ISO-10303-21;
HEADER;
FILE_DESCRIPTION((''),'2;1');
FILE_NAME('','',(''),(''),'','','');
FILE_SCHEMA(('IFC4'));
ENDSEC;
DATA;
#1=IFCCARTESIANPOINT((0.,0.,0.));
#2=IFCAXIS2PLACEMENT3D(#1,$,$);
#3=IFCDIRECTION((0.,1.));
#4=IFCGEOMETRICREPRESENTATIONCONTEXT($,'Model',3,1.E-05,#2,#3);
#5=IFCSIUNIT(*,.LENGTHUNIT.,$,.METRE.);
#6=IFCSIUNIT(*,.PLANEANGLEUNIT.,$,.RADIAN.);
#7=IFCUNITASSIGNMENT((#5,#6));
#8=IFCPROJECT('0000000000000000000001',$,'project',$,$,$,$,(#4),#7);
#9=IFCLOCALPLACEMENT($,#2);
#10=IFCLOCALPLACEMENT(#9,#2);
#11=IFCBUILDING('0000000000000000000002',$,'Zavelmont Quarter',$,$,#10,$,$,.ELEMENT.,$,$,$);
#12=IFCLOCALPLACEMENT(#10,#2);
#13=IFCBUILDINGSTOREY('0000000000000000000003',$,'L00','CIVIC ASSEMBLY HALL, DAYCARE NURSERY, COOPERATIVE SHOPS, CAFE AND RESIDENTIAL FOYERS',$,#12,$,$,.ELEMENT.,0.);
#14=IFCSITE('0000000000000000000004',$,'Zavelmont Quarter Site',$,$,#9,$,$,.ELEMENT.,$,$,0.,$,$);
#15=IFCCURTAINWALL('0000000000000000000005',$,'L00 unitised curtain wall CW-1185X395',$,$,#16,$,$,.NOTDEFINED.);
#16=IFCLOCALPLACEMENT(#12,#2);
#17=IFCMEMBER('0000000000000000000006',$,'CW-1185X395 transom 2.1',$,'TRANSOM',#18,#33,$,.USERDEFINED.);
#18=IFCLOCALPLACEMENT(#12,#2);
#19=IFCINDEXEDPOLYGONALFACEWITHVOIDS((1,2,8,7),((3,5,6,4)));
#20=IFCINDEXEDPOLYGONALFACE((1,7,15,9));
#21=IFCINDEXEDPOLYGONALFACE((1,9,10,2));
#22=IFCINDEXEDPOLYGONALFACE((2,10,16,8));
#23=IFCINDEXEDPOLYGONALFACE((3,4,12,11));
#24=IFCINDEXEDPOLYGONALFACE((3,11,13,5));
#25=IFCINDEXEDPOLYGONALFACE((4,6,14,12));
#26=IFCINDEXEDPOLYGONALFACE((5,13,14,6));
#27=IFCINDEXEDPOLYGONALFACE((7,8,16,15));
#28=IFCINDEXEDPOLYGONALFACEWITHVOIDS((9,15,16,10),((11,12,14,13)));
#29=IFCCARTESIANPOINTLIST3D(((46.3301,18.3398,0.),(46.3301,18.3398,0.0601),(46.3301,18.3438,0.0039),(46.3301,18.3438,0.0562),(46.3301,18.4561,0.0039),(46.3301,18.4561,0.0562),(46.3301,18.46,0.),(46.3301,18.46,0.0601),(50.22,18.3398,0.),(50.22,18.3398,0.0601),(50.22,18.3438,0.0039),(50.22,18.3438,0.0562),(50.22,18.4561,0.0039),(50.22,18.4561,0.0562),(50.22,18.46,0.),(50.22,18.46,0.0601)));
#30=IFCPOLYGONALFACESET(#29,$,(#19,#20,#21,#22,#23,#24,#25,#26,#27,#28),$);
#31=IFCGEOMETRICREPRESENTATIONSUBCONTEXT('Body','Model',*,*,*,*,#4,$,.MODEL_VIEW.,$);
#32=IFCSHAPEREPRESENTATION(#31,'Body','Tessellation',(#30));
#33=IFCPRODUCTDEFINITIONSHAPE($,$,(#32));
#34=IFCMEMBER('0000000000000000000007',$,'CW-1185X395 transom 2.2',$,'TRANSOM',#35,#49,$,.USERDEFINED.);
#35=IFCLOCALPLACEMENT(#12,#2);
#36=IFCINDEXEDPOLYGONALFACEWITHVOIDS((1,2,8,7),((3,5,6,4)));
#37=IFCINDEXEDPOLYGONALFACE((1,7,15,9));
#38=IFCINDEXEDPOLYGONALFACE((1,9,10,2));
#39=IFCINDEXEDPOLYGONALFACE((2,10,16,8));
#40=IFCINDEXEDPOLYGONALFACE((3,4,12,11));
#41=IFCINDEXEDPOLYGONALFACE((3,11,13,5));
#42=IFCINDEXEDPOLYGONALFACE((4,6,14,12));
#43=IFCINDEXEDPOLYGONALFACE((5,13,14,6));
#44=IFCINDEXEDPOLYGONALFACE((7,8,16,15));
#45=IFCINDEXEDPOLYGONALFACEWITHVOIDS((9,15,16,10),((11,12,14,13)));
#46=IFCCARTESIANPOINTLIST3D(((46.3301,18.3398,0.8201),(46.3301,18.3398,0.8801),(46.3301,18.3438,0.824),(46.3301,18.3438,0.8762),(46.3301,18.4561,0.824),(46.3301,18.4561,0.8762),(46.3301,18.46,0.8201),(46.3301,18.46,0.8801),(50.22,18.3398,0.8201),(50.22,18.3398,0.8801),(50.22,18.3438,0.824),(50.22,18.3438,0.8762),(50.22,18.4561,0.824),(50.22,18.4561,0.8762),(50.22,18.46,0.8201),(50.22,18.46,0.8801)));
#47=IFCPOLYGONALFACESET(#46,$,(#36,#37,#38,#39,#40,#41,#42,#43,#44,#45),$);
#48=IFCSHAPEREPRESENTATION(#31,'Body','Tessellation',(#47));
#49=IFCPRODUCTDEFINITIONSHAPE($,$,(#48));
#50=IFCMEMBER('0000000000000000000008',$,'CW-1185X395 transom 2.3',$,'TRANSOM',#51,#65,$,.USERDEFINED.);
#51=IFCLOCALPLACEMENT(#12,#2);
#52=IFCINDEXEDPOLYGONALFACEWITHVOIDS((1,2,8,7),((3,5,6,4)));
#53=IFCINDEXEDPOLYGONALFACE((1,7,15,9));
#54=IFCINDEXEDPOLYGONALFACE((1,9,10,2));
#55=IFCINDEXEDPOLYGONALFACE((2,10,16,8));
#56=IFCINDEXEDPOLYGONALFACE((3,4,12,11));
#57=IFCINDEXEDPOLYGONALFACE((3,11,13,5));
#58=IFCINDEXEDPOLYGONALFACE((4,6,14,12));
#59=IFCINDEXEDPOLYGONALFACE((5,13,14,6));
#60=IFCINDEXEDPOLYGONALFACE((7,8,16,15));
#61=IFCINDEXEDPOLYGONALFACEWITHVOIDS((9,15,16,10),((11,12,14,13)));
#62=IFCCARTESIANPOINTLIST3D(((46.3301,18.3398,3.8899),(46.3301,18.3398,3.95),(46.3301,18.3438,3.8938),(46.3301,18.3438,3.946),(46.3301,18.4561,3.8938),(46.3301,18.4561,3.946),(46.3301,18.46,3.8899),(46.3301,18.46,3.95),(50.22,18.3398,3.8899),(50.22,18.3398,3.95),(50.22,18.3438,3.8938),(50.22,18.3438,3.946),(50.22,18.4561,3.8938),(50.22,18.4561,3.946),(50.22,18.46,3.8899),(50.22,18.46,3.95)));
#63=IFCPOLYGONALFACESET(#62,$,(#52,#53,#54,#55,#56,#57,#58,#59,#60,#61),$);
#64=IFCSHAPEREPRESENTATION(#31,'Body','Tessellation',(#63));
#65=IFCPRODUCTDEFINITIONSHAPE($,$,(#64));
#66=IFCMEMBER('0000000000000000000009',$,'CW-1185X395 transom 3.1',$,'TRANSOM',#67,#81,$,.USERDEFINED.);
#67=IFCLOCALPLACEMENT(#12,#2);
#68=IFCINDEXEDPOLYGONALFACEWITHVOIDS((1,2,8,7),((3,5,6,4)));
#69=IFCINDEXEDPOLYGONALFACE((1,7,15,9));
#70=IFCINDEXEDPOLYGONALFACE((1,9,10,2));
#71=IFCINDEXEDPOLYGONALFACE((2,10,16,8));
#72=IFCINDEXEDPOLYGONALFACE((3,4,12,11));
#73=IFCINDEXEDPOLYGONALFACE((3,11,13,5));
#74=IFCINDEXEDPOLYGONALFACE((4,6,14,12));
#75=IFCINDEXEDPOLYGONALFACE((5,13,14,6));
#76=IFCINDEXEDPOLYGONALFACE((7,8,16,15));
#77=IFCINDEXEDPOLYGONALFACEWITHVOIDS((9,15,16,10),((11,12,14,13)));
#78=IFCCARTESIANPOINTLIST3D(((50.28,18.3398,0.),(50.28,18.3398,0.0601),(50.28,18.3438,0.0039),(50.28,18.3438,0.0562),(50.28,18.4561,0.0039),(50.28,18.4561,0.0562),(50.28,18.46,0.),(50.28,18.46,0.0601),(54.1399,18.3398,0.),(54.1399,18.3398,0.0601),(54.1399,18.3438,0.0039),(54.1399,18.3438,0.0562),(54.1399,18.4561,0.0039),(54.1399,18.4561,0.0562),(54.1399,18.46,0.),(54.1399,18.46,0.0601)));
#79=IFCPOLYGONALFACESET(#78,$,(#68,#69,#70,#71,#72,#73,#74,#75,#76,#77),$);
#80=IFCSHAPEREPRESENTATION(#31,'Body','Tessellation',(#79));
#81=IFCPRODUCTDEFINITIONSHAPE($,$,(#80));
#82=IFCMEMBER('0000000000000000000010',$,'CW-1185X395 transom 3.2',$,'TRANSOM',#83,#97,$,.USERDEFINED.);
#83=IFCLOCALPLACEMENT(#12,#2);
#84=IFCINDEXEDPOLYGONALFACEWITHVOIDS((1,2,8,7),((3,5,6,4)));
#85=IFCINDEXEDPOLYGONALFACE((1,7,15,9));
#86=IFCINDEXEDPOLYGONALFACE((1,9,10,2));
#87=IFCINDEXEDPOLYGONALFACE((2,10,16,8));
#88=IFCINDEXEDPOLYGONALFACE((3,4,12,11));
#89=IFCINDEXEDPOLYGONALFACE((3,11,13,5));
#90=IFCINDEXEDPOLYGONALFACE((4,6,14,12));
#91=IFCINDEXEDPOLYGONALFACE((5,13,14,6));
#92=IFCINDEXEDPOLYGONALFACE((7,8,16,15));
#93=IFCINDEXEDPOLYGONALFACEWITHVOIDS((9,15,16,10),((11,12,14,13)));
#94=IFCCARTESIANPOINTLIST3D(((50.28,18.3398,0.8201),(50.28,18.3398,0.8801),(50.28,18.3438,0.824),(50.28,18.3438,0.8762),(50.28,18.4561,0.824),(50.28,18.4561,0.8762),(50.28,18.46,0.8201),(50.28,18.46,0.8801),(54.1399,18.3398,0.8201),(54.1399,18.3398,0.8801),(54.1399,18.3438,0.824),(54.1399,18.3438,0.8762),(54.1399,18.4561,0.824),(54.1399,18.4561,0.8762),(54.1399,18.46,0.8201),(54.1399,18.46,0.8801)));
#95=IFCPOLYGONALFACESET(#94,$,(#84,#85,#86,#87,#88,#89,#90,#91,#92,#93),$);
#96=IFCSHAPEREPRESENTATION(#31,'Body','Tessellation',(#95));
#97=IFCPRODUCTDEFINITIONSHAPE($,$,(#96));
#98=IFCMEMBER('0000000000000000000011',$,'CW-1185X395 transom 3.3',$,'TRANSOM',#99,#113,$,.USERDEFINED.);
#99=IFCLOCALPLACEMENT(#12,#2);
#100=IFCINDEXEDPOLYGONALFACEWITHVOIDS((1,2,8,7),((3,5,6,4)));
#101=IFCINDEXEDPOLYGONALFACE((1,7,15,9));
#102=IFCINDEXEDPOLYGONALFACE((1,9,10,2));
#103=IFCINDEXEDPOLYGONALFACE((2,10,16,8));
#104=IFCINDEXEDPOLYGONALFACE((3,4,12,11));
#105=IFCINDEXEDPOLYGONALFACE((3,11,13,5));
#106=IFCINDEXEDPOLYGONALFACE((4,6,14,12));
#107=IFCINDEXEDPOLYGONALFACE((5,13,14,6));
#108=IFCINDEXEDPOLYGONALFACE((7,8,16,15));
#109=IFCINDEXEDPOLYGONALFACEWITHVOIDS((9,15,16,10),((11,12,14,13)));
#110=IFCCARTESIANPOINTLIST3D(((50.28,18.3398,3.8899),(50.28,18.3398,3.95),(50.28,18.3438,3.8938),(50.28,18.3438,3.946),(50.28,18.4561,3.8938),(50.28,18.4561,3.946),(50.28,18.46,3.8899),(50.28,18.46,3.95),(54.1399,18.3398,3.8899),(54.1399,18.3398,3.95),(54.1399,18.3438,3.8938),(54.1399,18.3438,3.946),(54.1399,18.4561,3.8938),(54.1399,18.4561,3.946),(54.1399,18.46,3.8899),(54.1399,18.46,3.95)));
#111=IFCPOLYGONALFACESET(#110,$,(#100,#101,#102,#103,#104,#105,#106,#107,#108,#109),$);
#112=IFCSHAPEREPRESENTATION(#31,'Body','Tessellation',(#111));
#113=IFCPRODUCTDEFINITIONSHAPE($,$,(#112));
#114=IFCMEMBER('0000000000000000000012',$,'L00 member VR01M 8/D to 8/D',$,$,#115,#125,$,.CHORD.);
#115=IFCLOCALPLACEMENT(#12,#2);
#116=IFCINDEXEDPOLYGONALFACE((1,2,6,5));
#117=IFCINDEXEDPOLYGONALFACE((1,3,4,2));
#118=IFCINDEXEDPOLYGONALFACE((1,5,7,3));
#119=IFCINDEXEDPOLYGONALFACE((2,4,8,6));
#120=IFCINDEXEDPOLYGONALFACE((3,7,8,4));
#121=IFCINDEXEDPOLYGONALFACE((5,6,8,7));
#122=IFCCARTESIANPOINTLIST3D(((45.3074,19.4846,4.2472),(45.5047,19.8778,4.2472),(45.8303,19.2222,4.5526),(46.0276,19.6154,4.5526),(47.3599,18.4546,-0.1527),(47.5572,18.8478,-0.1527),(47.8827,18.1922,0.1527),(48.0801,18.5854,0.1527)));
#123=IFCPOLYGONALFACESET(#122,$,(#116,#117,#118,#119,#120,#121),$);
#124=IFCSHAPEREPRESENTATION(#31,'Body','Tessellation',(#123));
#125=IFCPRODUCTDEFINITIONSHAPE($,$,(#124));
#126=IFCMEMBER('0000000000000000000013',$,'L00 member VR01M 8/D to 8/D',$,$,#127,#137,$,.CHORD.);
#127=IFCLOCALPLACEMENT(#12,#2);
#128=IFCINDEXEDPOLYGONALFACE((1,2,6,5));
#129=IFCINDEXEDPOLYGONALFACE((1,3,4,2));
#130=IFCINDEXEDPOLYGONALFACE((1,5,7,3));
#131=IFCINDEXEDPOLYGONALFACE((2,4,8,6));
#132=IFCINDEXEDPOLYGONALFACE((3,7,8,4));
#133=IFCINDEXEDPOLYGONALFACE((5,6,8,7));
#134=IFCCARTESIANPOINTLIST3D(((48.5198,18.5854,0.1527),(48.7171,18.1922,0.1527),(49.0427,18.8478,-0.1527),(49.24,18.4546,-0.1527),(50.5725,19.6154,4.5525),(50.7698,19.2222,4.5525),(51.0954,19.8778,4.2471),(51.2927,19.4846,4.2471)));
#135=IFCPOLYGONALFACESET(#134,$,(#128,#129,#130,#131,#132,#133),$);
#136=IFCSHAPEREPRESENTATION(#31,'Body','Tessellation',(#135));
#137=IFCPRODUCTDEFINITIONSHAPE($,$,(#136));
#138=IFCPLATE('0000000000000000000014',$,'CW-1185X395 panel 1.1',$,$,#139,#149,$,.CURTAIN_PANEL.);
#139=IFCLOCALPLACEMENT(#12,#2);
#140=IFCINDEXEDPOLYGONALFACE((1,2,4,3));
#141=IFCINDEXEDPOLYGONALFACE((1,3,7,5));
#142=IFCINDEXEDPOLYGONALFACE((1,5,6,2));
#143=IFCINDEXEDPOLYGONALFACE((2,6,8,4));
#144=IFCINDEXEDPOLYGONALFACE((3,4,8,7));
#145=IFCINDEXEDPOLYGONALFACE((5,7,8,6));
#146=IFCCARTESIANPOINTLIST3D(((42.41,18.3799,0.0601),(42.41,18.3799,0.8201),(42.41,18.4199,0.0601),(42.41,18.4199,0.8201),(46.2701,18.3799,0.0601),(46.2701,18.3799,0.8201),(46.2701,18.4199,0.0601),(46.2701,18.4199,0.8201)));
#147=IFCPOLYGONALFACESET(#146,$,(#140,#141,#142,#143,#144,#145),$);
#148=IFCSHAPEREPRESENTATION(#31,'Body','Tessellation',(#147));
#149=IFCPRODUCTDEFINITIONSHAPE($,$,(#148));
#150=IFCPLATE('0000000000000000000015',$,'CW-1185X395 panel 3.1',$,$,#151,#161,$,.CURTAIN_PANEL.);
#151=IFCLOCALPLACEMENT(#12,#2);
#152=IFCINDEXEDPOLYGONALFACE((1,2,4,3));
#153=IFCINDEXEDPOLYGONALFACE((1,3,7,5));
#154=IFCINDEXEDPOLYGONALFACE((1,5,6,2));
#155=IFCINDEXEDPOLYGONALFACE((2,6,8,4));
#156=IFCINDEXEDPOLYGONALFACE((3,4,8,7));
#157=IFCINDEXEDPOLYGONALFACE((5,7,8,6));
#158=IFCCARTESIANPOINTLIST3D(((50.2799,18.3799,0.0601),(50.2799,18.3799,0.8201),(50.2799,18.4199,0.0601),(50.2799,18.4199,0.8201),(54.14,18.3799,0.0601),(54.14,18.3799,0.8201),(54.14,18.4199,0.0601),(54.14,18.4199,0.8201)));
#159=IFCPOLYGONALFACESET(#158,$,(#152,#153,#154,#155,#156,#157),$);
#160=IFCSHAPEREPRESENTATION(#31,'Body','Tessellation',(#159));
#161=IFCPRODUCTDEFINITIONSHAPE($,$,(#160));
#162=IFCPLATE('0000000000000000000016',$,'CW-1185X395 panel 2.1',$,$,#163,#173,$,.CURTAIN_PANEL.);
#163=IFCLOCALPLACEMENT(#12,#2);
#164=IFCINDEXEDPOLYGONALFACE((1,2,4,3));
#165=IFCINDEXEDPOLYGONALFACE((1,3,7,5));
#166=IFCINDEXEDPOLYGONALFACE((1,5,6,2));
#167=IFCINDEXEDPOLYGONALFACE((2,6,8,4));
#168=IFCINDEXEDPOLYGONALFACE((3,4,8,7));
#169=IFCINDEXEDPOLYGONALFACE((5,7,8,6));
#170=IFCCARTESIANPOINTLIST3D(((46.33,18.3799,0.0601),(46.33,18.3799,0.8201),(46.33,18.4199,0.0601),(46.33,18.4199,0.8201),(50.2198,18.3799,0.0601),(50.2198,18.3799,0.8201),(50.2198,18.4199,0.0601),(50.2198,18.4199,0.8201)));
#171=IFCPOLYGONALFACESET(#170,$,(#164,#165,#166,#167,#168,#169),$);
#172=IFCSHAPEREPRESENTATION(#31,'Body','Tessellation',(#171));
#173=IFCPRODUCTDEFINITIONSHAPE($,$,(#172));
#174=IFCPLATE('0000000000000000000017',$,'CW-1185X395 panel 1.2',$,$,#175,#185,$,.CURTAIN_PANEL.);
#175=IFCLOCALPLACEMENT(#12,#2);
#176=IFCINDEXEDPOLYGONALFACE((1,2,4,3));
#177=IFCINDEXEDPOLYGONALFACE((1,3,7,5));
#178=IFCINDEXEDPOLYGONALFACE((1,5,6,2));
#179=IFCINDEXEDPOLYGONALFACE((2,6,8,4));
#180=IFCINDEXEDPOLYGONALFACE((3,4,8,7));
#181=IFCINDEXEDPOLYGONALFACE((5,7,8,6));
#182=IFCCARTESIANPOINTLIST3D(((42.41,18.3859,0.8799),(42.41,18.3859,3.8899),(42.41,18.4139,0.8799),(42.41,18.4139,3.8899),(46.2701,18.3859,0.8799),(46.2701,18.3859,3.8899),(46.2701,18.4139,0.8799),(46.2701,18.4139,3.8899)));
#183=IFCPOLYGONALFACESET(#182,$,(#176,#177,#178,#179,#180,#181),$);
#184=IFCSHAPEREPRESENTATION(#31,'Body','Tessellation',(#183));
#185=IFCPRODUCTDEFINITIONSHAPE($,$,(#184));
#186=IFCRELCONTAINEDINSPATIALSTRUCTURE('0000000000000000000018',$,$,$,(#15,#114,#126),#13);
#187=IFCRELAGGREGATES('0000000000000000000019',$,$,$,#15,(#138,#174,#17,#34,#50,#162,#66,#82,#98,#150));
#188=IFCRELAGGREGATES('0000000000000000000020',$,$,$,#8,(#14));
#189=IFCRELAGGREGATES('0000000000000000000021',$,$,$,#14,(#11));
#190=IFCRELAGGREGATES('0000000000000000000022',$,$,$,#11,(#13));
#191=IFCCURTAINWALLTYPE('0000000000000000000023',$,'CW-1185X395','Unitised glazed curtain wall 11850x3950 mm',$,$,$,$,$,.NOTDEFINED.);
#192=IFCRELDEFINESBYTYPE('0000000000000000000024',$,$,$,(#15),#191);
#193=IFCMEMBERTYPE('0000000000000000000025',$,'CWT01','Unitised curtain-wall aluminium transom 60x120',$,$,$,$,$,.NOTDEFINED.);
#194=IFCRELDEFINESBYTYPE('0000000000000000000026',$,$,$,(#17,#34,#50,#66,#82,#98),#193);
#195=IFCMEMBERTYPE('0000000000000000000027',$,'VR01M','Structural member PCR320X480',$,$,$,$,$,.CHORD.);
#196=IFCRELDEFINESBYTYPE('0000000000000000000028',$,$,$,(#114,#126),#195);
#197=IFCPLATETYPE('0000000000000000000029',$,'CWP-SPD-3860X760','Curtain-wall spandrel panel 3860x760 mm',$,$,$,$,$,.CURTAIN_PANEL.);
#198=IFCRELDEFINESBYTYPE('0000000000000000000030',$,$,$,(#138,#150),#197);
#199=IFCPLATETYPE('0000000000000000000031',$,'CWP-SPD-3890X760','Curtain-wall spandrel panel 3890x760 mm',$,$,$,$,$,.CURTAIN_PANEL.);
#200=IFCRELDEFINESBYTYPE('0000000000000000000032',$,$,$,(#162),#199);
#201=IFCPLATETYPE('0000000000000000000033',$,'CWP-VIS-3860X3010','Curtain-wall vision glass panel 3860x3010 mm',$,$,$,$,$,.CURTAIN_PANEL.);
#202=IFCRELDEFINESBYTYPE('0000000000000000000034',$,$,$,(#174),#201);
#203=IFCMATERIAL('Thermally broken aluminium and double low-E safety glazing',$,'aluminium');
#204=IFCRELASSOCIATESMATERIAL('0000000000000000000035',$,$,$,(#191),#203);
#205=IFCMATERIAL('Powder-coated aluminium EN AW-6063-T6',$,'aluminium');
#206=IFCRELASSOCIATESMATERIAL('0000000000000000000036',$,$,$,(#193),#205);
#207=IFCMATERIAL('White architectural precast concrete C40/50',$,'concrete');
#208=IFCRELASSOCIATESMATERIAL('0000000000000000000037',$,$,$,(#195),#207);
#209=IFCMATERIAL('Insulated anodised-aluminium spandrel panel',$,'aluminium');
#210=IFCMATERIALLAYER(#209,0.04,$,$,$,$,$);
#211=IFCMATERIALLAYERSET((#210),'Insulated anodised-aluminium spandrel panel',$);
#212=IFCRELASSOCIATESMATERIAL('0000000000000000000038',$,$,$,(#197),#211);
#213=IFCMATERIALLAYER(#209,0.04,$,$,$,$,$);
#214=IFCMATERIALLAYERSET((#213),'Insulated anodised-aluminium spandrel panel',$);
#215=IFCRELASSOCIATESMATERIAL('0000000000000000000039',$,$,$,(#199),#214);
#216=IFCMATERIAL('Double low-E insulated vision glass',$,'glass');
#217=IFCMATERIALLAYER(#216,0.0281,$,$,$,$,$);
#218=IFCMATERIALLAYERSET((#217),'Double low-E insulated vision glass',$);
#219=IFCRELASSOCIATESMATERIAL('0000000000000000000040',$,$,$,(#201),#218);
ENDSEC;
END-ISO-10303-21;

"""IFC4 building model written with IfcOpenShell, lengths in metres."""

from ifc_helpers import new_model, si_unit, direction, frame, origin, origin_2d, place, context, subcontext, project, spatial, rectangle, hollow_rectangle, extrude, material, layer, layer_set, material_profile, profile_set, type_object, element, aggregate, save


model = new_model("IFC4")

# Units and contexts
model_context = context("Model", 3, precision=1e-05, world=origin(), true_north=direction((0.0, 1.0)))
body_context = subcontext(model_context, "Body", "Model", "MODEL_VIEW")
ifc_project = project(units=[si_unit("LENGTHUNIT", "METRE"), si_unit("PLANEANGLEUNIT", "RADIAN")], contexts=[model_context])

# Site, building, storey
site_placement = place(None, origin())
site = spatial("IfcSite", under=ifc_project, at=site_placement, Name="Zavelmont Quarter Site", CompositionType="ELEMENT", RefElevation=0.0)
building_placement = place(site_placement, origin())
building = spatial("IfcBuilding", under=site, at=building_placement, Name="Zavelmont Quarter", CompositionType="ELEMENT")
storey_placement = place(building_placement, origin())
storey = spatial("IfcBuildingStorey", under=building, at=storey_placement, Name="L00", Description="CIVIC ASSEMBLY HALL, DAYCARE NURSERY, COOPERATIVE SHOPS, CAFE AND RESIDENTIAL FOYERS", CompositionType="ELEMENT", Elevation=0.0)

# Curtain wall, members
ifc_material_1 = material(Name="Thermally broken aluminium and double low-E safety glazing", Category="aluminium")
curtain_wall_type = type_object("IfcCurtainWallType", Name="CW-1185X395", Description="Unitised glazed curtain wall 11850x3950 mm", PredefinedType="NOTDEFINED", material=ifc_material_1)
curtain_wall_placement = place(storey_placement, origin())
curtain_wall = element("IfcCurtainWall", 1, at=curtain_wall_placement, inside=storey, type_object=curtain_wall_type, Name="L00 unitised curtain wall CW-1185X395", PredefinedType="NOTDEFINED")
ifc_material_2 = material(Name="Powder-coated aluminium EN AW-6063-T6", Category="aluminium")
ifc_material_profile_1 = material_profile(ifc_material_2, hollow_rectangle(XDim=0.1201, YDim=0.0601, WallThickness=0.0039, at=origin_2d()), Name="CWT60X120")
ifc_profile_set_1 = profile_set([ifc_material_profile_1], Name="Powder-coated aluminium EN AW-6063-T6")
member_type_1 = type_object("IfcMemberType", Name="CWT01", Description="Unitised curtain-wall aluminium transom 60x120", PredefinedType="NOTDEFINED", material=ifc_profile_set_1)
member_1_placement = place(storey_placement, frame((46.3301, 18.3999, 0.03), z_axis=(1.0, 0.0, 0.0), x_axis=(0.0, 1.0, 0.0)))
member_1 = element("IfcMember", 2, at=member_1_placement, type_object=member_type_1, Name="CW-1185X395 transom 2.1", ObjectType="TRANSOM", PredefinedType="USERDEFINED", context=body_context, shape_type="SweptSolid", body=[
    extrude(hollow_rectangle(XDim=0.1201, YDim=0.0601, WallThickness=0.0039, at=origin_2d()), origin(), (0.0, 0.0, 1.0), 3.8899),
])
member_2_placement = place(storey_placement, frame((46.3301, 18.3999, 0.8501), z_axis=(1.0, 0.0, 0.0), x_axis=(0.0, 1.0, 0.0)))
member_2 = element("IfcMember", 3, at=member_2_placement, type_object=member_type_1, Name="CW-1185X395 transom 2.2", ObjectType="TRANSOM", PredefinedType="USERDEFINED", context=body_context, shape_type="SweptSolid", body=[
    extrude(hollow_rectangle(XDim=0.1201, YDim=0.0601, WallThickness=0.0039, at=origin_2d()), origin(), (0.0, 0.0, 1.0), 3.8899),
])
member_3_placement = place(storey_placement, frame((46.3301, 18.3999, 3.9199), z_axis=(1.0, 0.0, 0.0), x_axis=(0.0, 1.0, 0.0)))
member_3 = element("IfcMember", 4, at=member_3_placement, type_object=member_type_1, Name="CW-1185X395 transom 2.3", ObjectType="TRANSOM", PredefinedType="USERDEFINED", context=body_context, shape_type="SweptSolid", body=[
    extrude(hollow_rectangle(XDim=0.1201, YDim=0.0601, WallThickness=0.0039, at=origin_2d()), origin(), (0.0, 0.0, 1.0), 3.8899),
])
member_4_placement = place(storey_placement, frame((50.28, 18.3999, 0.03), z_axis=(1.0, 0.0, 0.0), x_axis=(0.0, 1.0, 0.0)))
member_4 = element("IfcMember", 5, at=member_4_placement, type_object=member_type_1, Name="CW-1185X395 transom 3.1", ObjectType="TRANSOM", PredefinedType="USERDEFINED", context=body_context, shape_type="SweptSolid", body=[
    extrude(hollow_rectangle(XDim=0.1201, YDim=0.0601, WallThickness=0.0039, at=origin_2d()), origin(), (0.0, 0.0, 1.0), 3.8599),
])
member_5_placement = place(storey_placement, frame((50.28, 18.3999, 0.8501), z_axis=(1.0, 0.0, 0.0), x_axis=(0.0, 1.0, 0.0)))
member_5 = element("IfcMember", 6, at=member_5_placement, type_object=member_type_1, Name="CW-1185X395 transom 3.2", ObjectType="TRANSOM", PredefinedType="USERDEFINED", context=body_context, shape_type="SweptSolid", body=[
    extrude(hollow_rectangle(XDim=0.1201, YDim=0.0601, WallThickness=0.0039, at=origin_2d()), origin(), (0.0, 0.0, 1.0), 3.8599),
])
member_6_placement = place(storey_placement, frame((50.28, 18.3999, 3.9199), z_axis=(1.0, 0.0, 0.0), x_axis=(0.0, 1.0, 0.0)))
member_6 = element("IfcMember", 7, at=member_6_placement, type_object=member_type_1, Name="CW-1185X395 transom 3.3", ObjectType="TRANSOM", PredefinedType="USERDEFINED", context=body_context, shape_type="SweptSolid", body=[
    extrude(hollow_rectangle(XDim=0.1201, YDim=0.0601, WallThickness=0.0039, at=origin_2d()), origin(), (0.0, 0.0, 1.0), 3.8599),
])

# Members
ifc_material_3 = material(Name="White architectural precast concrete C40/50", Category="concrete")
ifc_material_profile_2 = material_profile(ifc_material_3, rectangle(XDim=0.4399, YDim=0.6599, at=origin_2d()), Name="PCR320X480")
ifc_profile_set_2 = profile_set([ifc_material_profile_2], Name="White architectural precast concrete C40/50")
member_type_2 = type_object("IfcMemberType", Name="VR01M", Description="Structural member PCR320X480", PredefinedType="CHORD", material=ifc_profile_set_2)
for number, where, z_axis, x_axis, name in (
    (8, (47.72, 18.52, 0.0), (-0.413546, 0.207536, 0.886515), (-0.448531, -0.893767, 0.0), "L00 member VR01M 8/D to 8/D"),
    (9, (48.8799, 18.52, 0.0), (0.413587, 0.207531, 0.886497), (-0.448489, 0.893788, 0.0), "L00 member VR01M 8/D to 8/D"),
):
    element("IfcMember", number, at=place(storey_placement, frame(where, z_axis=z_axis, x_axis=x_axis)), inside=storey, type_object=member_type_2, Name=name, PredefinedType="CHORD", context=body_context, shape_type="SweptSolid", body=[
        extrude(rectangle(XDim=0.4399, YDim=0.6599, at=origin_2d()), origin(), (0.0, 0.0, 1.0), 4.9631),
    ])

# Plates
ifc_material_4 = material(Name="Insulated anodised-aluminium spandrel panel", Category="aluminium")
ifc_layer_1 = layer(ifc_material_4, 0.04)
ifc_layer_set_1 = layer_set([ifc_layer_1], Name="Insulated anodised-aluminium spandrel panel")
plate_type_1 = type_object("IfcPlateType", Name="CWP-SPD-3860X760", Description="Curtain-wall spandrel panel 3860x760 mm", PredefinedType="CURTAIN_PANEL", material=ifc_layer_set_1)
plate_1_placement = place(storey_placement, frame((44.3401, 18.3999, 0.0601), z_axis=(0.0, 0.0, 1.0), x_axis=(1.0, 0.0, 0.0)))
plate_1 = element("IfcPlate", 10, at=plate_1_placement, type_object=plate_type_1, Name="CW-1185X395 panel 1.1", PredefinedType="CURTAIN_PANEL", context=body_context, shape_type="SweptSolid", body=[
    extrude(rectangle(XDim=3.8601, YDim=0.04, at=origin_2d()), origin(), (0.0, 0.0, 1.0), 0.76),
])
plate_2_placement = place(storey_placement, frame((52.21, 18.3999, 0.0601), z_axis=(0.0, 0.0, 1.0), x_axis=(1.0, 0.0, 0.0)))
plate_2 = element("IfcPlate", 11, at=plate_2_placement, type_object=plate_type_1, Name="CW-1185X395 panel 3.1", PredefinedType="CURTAIN_PANEL", context=body_context, shape_type="SweptSolid", body=[
    extrude(rectangle(XDim=3.8601, YDim=0.04, at=origin_2d()), origin(), (0.0, 0.0, 1.0), 0.76),
])
ifc_layer_2 = layer(ifc_material_4, 0.04)
ifc_layer_set_2 = layer_set([ifc_layer_2], Name="Insulated anodised-aluminium spandrel panel")
plate_type_2 = type_object("IfcPlateType", Name="CWP-SPD-3890X760", Description="Curtain-wall spandrel panel 3890x760 mm", PredefinedType="CURTAIN_PANEL", material=ifc_layer_set_2)
plate_3_placement = place(storey_placement, frame((48.2749, 18.3999, 0.0601), z_axis=(0.0, 0.0, 1.0), x_axis=(1.0, 0.0, 0.0)))
plate_3 = element("IfcPlate", 12, at=plate_3_placement, type_object=plate_type_2, Name="CW-1185X395 panel 2.1", PredefinedType="CURTAIN_PANEL", context=body_context, shape_type="SweptSolid", body=[
    extrude(rectangle(XDim=3.8899, YDim=0.04, at=origin_2d()), origin(), (0.0, 0.0, 1.0), 0.76),
])
ifc_material_5 = material(Name="Double low-E insulated vision glass", Category="glass")
ifc_layer_3 = layer(ifc_material_5, 0.0281)
ifc_layer_set_3 = layer_set([ifc_layer_3], Name="Double low-E insulated vision glass")
plate_type_3 = type_object("IfcPlateType", Name="CWP-VIS-3860X3010", Description="Curtain-wall vision glass panel 3860x3010 mm", PredefinedType="CURTAIN_PANEL", material=ifc_layer_set_3)
plate_4_placement = place(storey_placement, frame((44.3401, 18.3999, 0.8799), z_axis=(0.0, 0.0, 1.0), x_axis=(1.0, 0.0, 0.0)))
plate_4 = element("IfcPlate", 13, at=plate_4_placement, type_object=plate_type_3, Name="CW-1185X395 panel 1.2", PredefinedType="CURTAIN_PANEL", context=body_context, shape_type="SweptSolid", body=[
    extrude(rectangle(XDim=3.8601, YDim=0.0281, at=origin_2d()), origin(), (0.0, 0.0, 1.0), 3.01),
])
aggregate(curtain_wall, [plate_1, plate_4, member_1, member_2, member_3, plate_3, member_4, member_5, member_6, plate_2])

save(model, "model.ifc")
